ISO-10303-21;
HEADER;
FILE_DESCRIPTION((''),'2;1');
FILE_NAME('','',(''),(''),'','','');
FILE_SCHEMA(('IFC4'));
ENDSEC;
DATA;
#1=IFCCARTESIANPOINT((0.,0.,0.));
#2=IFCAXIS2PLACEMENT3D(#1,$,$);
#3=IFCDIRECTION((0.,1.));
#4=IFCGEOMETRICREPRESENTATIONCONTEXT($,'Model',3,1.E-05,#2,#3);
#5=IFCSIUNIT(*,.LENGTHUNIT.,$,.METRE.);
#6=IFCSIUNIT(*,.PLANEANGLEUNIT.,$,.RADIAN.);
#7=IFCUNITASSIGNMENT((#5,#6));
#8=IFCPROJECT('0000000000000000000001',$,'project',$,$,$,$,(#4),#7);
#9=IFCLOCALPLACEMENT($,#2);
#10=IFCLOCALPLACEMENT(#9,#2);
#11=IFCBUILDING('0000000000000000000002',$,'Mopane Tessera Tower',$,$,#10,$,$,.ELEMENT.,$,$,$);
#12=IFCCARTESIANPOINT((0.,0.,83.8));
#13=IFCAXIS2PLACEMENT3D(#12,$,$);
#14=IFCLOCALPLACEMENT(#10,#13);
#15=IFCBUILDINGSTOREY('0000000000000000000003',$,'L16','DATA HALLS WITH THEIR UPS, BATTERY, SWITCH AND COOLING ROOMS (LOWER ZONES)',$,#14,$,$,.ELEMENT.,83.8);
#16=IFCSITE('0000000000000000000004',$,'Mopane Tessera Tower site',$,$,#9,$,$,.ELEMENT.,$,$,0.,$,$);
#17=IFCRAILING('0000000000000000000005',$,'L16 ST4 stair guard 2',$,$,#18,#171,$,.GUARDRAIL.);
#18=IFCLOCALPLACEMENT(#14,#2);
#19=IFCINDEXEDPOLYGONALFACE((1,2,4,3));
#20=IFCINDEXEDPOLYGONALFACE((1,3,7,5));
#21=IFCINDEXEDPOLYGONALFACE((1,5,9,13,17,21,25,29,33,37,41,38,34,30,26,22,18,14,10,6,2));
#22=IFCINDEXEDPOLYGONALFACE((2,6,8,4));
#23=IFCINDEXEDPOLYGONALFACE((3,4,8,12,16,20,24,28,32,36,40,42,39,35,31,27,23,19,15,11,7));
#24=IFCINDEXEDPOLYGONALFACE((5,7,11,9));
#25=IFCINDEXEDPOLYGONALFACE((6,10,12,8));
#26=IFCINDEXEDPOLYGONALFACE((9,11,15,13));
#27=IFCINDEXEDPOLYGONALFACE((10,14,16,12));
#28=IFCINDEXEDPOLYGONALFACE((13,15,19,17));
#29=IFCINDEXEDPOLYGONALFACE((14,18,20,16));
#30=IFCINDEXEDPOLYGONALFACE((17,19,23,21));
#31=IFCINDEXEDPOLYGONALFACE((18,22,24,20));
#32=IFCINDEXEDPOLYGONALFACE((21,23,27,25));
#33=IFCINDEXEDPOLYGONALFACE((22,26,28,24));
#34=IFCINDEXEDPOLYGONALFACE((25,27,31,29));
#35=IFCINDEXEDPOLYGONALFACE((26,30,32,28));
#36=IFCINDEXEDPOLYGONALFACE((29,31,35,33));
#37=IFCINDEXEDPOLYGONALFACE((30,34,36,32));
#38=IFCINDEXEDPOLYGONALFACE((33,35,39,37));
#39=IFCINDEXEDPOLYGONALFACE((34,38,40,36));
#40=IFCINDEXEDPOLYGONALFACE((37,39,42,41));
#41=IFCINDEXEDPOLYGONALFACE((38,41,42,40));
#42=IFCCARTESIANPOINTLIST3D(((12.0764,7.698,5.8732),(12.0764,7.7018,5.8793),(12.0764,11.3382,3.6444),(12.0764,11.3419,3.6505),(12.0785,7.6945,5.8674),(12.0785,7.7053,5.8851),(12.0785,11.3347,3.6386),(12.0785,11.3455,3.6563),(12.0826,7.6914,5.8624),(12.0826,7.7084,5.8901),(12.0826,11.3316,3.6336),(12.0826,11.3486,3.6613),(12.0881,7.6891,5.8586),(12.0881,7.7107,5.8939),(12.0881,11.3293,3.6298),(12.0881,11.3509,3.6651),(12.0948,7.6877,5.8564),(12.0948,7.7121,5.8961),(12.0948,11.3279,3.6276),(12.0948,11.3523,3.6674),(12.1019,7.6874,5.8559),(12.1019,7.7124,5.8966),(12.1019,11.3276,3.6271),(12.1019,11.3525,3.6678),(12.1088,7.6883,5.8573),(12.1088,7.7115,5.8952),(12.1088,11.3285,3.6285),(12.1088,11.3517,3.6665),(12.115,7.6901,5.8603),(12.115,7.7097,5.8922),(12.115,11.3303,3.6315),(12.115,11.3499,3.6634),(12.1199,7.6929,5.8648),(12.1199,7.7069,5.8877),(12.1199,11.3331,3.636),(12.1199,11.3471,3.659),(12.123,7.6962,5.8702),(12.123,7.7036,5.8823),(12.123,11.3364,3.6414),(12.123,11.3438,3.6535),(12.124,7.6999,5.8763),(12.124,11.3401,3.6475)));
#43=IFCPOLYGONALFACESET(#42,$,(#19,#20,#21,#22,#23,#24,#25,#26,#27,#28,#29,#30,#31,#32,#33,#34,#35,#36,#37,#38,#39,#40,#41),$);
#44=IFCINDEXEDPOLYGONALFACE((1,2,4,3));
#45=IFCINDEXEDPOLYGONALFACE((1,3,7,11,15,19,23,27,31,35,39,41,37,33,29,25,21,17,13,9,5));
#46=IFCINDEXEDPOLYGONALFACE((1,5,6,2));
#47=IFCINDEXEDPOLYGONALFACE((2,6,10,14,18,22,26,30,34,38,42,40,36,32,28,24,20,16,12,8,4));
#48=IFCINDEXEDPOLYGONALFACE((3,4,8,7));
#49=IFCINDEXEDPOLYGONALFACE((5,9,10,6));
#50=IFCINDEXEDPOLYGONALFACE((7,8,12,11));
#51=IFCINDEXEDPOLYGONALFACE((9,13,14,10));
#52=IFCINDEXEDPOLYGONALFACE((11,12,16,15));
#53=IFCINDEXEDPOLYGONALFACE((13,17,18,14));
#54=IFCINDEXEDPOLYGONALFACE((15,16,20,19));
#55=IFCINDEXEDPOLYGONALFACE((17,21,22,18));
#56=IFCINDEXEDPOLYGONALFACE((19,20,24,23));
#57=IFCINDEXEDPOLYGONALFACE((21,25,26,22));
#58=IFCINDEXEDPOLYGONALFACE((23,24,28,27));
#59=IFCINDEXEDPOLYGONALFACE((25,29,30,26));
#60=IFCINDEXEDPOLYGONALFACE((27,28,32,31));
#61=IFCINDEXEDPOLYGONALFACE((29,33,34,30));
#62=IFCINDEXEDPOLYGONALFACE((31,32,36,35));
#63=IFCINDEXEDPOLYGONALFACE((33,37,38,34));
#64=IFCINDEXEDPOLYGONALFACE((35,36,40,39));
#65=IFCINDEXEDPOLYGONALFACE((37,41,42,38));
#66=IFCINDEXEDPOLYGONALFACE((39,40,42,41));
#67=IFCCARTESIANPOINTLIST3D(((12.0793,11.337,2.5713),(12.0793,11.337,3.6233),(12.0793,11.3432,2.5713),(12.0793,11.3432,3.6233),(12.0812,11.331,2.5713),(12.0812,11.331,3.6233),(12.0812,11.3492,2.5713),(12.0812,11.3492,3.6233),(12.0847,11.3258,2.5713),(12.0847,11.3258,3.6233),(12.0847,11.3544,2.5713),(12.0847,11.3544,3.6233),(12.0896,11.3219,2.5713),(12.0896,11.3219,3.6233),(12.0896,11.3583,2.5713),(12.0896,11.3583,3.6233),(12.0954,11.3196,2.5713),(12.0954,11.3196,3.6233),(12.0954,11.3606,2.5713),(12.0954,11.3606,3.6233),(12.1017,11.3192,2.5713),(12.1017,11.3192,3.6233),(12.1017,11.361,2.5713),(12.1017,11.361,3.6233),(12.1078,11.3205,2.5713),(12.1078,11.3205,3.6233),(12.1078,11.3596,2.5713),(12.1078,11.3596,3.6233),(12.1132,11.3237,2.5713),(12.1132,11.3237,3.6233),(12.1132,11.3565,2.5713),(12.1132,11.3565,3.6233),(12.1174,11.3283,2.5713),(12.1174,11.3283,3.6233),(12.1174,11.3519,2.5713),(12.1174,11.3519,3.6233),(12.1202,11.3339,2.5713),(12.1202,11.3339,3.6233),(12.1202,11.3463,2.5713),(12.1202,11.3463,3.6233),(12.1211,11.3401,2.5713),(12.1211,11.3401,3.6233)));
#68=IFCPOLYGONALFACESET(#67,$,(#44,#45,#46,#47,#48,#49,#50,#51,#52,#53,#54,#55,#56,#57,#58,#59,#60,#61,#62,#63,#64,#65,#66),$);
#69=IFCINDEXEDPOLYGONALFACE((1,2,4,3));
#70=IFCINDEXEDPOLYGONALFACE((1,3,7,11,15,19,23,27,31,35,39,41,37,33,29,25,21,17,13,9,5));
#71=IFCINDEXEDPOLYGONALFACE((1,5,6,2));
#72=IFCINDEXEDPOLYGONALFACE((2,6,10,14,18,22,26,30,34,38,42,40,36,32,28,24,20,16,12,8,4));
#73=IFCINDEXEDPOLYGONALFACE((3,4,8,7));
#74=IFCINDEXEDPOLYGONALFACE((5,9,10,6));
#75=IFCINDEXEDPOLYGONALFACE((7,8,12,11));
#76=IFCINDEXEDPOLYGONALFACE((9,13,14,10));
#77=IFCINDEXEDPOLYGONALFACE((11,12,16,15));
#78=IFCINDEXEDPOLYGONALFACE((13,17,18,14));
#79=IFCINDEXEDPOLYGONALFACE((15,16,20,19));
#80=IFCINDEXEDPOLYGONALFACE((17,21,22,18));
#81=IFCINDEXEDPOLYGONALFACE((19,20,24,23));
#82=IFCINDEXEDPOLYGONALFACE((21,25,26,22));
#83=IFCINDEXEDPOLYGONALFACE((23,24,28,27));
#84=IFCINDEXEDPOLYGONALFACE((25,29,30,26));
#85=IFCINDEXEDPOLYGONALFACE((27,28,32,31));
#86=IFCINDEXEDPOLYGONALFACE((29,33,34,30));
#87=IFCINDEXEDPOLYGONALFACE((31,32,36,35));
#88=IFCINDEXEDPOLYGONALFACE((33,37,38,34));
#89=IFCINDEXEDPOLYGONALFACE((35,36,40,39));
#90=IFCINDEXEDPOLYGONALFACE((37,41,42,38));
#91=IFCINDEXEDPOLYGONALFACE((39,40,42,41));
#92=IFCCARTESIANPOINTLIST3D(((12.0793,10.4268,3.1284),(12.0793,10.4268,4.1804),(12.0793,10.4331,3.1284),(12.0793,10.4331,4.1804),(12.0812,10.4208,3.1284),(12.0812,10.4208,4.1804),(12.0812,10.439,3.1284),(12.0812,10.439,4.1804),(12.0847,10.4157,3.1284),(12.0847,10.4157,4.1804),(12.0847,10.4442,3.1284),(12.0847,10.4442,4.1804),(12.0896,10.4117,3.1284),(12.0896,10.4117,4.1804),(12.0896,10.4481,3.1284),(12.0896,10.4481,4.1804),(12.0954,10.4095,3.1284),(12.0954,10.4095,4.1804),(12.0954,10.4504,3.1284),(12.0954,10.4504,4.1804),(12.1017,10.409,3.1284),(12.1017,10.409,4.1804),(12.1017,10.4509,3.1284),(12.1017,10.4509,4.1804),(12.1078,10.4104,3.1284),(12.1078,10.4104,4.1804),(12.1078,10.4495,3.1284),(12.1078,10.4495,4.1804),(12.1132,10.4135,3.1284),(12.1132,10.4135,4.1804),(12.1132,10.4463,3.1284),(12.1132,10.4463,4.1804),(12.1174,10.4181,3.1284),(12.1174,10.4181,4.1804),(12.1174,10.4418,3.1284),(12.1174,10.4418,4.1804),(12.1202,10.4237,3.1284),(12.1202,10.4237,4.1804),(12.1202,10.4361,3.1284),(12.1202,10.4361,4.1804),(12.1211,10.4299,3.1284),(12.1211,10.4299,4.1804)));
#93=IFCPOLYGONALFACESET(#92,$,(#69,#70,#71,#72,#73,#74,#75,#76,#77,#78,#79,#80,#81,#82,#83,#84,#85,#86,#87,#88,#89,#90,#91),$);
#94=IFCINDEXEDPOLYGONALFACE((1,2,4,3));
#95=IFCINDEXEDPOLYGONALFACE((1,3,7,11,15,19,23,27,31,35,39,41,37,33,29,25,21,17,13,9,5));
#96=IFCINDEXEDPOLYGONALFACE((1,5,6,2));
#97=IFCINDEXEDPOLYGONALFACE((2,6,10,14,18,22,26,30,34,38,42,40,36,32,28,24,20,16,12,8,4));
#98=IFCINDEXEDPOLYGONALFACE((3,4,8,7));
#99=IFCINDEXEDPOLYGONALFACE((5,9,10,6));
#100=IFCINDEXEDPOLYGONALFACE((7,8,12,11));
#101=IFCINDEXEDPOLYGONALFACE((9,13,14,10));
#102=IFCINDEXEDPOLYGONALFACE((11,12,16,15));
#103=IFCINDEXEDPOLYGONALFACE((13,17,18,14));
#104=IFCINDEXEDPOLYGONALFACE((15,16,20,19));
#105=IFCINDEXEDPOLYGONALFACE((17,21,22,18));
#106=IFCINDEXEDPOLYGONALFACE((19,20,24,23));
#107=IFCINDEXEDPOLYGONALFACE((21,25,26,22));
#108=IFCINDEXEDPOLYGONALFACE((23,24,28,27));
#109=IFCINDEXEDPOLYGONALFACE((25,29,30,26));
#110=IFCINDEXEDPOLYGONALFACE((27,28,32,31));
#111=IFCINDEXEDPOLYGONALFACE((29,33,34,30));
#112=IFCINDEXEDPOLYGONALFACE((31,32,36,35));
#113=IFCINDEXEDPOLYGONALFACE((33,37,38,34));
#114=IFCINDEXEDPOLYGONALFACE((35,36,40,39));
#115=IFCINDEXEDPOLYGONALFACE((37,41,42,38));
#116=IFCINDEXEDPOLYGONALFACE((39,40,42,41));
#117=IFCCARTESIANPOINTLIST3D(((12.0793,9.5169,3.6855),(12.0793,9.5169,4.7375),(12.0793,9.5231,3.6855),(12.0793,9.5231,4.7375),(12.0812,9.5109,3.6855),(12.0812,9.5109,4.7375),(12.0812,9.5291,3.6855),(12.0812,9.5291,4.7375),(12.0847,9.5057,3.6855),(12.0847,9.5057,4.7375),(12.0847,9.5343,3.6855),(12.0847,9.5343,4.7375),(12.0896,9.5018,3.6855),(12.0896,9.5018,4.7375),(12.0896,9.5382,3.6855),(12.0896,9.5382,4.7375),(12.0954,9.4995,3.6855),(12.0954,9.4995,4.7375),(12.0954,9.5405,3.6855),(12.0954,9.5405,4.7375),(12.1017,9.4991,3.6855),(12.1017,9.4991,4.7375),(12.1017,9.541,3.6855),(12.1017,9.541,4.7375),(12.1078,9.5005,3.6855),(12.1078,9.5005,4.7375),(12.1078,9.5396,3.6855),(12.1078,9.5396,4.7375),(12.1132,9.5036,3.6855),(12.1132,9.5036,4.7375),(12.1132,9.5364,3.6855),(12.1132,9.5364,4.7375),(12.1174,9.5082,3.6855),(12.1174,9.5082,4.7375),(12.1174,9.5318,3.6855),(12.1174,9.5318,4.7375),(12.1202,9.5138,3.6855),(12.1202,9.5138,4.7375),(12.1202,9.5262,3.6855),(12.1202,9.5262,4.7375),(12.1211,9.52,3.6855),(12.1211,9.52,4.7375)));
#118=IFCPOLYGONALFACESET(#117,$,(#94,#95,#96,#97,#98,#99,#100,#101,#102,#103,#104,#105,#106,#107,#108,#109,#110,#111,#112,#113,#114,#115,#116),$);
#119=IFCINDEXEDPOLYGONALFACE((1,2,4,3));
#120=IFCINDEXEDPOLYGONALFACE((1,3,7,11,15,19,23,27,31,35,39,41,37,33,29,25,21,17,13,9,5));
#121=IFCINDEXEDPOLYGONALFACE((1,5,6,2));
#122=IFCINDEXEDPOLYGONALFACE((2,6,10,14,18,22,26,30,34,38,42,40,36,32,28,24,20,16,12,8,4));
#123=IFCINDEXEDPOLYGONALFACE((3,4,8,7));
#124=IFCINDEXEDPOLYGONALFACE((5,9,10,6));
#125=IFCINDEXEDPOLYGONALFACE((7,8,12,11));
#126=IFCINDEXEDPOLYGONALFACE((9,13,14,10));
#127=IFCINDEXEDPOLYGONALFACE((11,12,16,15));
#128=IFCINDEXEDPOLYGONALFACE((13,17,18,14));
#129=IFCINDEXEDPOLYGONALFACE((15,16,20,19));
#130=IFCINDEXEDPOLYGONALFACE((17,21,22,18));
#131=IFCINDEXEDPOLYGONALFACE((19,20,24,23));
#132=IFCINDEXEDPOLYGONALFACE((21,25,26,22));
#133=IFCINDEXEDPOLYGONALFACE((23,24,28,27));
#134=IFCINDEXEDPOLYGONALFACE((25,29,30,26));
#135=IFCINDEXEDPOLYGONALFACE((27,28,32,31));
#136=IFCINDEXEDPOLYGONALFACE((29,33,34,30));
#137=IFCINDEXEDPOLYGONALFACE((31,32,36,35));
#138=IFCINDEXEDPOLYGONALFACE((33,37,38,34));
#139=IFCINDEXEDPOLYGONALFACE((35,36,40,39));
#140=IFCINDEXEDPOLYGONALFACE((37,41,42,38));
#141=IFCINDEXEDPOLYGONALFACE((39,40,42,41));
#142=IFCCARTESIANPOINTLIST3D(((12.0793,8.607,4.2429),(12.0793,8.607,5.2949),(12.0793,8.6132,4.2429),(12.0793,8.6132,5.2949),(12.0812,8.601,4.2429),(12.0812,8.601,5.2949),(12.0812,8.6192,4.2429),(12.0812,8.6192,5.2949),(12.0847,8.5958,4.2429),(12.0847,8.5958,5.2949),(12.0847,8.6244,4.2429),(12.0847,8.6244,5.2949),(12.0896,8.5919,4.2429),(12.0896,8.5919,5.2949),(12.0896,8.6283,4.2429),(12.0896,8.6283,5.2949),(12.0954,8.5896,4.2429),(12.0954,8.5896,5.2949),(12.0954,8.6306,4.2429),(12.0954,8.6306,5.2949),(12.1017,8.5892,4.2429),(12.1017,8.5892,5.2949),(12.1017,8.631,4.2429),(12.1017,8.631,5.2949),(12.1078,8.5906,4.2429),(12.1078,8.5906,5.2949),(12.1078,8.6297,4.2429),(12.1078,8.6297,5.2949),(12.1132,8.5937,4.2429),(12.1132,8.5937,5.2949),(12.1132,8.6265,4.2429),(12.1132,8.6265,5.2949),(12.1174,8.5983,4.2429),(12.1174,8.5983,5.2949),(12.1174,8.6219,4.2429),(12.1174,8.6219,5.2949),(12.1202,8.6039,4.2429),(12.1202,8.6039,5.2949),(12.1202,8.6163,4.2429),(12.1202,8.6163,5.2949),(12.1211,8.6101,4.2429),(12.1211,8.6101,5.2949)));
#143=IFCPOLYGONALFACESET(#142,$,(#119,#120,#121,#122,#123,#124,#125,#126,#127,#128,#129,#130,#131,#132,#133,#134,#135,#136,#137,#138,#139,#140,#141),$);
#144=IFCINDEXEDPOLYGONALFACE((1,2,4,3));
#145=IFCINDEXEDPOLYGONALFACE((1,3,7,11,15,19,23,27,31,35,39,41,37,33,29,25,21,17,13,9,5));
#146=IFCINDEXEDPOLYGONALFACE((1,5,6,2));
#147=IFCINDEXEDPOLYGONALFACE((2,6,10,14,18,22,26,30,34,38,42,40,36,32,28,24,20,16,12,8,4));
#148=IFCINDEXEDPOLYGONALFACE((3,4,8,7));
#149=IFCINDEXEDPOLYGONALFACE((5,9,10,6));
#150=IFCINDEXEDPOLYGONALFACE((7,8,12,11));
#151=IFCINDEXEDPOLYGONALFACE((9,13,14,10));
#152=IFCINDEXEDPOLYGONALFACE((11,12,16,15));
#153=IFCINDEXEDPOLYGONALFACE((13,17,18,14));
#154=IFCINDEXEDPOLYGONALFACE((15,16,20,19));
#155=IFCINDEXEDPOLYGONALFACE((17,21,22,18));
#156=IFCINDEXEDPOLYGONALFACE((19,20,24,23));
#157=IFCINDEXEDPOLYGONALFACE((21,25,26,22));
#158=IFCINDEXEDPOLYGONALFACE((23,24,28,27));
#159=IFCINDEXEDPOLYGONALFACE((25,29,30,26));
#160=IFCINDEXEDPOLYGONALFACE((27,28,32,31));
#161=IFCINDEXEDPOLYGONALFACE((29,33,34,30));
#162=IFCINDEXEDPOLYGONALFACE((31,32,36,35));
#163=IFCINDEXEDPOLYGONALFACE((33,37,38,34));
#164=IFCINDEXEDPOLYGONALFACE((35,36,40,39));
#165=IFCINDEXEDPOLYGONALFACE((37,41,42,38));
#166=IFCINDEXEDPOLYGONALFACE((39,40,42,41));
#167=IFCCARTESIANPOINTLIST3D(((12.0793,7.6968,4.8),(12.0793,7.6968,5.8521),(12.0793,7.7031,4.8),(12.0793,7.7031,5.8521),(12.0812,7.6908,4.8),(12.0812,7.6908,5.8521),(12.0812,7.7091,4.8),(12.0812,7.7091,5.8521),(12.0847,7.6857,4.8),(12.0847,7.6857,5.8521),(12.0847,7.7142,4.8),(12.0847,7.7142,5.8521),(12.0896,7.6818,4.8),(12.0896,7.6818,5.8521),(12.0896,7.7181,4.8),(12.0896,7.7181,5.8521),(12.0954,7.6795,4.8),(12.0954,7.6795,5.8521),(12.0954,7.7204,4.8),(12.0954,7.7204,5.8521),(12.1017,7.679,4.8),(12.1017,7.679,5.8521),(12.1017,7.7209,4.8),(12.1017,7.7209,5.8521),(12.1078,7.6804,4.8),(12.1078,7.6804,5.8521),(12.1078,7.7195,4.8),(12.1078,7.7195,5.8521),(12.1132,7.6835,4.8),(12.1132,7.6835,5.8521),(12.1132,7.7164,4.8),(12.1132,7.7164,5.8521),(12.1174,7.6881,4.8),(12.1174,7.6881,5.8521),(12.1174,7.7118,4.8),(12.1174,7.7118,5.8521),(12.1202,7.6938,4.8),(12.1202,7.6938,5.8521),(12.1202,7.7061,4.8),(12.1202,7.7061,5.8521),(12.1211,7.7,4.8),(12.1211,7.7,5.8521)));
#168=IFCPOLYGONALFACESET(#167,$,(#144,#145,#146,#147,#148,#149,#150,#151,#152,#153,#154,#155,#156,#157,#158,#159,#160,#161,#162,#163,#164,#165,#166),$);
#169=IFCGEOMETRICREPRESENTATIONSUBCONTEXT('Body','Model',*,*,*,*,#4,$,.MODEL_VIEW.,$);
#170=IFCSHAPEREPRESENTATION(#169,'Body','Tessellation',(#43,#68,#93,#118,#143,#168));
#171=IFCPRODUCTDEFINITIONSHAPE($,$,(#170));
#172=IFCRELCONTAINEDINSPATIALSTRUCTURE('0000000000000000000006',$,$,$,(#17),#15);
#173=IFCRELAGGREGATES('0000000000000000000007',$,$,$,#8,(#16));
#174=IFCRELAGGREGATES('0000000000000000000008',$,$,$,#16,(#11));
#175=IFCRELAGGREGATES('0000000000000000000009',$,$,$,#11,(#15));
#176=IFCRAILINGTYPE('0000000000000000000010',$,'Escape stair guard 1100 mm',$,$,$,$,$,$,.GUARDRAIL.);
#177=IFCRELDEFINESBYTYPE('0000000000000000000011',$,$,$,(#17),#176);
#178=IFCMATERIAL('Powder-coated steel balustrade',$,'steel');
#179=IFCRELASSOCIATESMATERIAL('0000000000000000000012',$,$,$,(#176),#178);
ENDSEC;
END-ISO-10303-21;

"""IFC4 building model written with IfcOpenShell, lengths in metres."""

from ifc_helpers import new_model, si_unit, direction, frame, origin, origin_2d, place, context, subcontext, project, spatial, circle, extrude, material, type_object, element, save


model = new_model("IFC4")

# Units and contexts
model_context = context("Model", 3, precision=1e-05, world=origin(), true_north=direction((0.0, 1.0)))
body_context = subcontext(model_context, "Body", "Model", "MODEL_VIEW")
ifc_project = project(units=[si_unit("LENGTHUNIT", "METRE"), si_unit("PLANEANGLEUNIT", "RADIAN")], contexts=[model_context])

# Site, building, storey
site_placement = place(None, origin())
site = spatial("IfcSite", under=ifc_project, at=site_placement, Name="Mopane Tessera Tower site", CompositionType="ELEMENT", RefElevation=0.0)
building_placement = place(site_placement, origin())
building = spatial("IfcBuilding", under=site, at=building_placement, Name="Mopane Tessera Tower", CompositionType="ELEMENT")
storey_placement = place(building_placement, frame((0.0, 0.0, 83.8)))
storey = spatial("IfcBuildingStorey", under=building, at=storey_placement, Name="L16", Description="DATA HALLS WITH THEIR UPS, BATTERY, SWITCH AND COOLING ROOMS (LOWER ZONES)", CompositionType="ELEMENT", Elevation=83.8)

# Railing
ifc_material_1 = material(Name="Powder-coated steel balustrade", Category="steel")
railing_type_1 = type_object("IfcRailingType", Name="Escape stair guard 1100 mm", PredefinedType="GUARDRAIL", material=ifc_material_1)
railing_1_placement = place(storey_placement, frame((12.1001, 11.3401, 2.5713)))
element("IfcRailing", 1, at=railing_1_placement, inside=storey, type_object=railing_type_1, Name="L16 ST4 stair guard 2", PredefinedType="GUARDRAIL", context=body_context, shape_type="SweptSolid", body=[
    extrude(circle(Radius=0.0239, at=origin_2d()), frame((0.0, 0.0, 1.0762), z_axis=(0.0, -0.85284, 0.522172), x_axis=(1.0, 0.0, 0.0)), (0.0, 0.0, 1.0), 4.2683),
    extrude(circle(Radius=0.021, at=origin_2d()), origin(), (0.0, 0.0, 1.0), 1.052),
    extrude(circle(Radius=0.021, at=origin_2d()), frame((0.0, -0.9102, 0.5571)), (0.0, 0.0, 1.0), 1.052),
    extrude(circle(Radius=0.021, at=origin_2d()), frame((0.0, -1.8201, 1.1143)), (0.0, 0.0, 1.0), 1.052),
    extrude(circle(Radius=0.021, at=origin_2d()), frame((0.0, -2.73, 1.6716)), (0.0, 0.0, 1.0), 1.052),
    extrude(circle(Radius=0.021, at=origin_2d()), frame((0.0, -3.6401, 2.2288)), (0.0, 0.0, 1.0), 1.052),
])

save(model, "model.ifc")
